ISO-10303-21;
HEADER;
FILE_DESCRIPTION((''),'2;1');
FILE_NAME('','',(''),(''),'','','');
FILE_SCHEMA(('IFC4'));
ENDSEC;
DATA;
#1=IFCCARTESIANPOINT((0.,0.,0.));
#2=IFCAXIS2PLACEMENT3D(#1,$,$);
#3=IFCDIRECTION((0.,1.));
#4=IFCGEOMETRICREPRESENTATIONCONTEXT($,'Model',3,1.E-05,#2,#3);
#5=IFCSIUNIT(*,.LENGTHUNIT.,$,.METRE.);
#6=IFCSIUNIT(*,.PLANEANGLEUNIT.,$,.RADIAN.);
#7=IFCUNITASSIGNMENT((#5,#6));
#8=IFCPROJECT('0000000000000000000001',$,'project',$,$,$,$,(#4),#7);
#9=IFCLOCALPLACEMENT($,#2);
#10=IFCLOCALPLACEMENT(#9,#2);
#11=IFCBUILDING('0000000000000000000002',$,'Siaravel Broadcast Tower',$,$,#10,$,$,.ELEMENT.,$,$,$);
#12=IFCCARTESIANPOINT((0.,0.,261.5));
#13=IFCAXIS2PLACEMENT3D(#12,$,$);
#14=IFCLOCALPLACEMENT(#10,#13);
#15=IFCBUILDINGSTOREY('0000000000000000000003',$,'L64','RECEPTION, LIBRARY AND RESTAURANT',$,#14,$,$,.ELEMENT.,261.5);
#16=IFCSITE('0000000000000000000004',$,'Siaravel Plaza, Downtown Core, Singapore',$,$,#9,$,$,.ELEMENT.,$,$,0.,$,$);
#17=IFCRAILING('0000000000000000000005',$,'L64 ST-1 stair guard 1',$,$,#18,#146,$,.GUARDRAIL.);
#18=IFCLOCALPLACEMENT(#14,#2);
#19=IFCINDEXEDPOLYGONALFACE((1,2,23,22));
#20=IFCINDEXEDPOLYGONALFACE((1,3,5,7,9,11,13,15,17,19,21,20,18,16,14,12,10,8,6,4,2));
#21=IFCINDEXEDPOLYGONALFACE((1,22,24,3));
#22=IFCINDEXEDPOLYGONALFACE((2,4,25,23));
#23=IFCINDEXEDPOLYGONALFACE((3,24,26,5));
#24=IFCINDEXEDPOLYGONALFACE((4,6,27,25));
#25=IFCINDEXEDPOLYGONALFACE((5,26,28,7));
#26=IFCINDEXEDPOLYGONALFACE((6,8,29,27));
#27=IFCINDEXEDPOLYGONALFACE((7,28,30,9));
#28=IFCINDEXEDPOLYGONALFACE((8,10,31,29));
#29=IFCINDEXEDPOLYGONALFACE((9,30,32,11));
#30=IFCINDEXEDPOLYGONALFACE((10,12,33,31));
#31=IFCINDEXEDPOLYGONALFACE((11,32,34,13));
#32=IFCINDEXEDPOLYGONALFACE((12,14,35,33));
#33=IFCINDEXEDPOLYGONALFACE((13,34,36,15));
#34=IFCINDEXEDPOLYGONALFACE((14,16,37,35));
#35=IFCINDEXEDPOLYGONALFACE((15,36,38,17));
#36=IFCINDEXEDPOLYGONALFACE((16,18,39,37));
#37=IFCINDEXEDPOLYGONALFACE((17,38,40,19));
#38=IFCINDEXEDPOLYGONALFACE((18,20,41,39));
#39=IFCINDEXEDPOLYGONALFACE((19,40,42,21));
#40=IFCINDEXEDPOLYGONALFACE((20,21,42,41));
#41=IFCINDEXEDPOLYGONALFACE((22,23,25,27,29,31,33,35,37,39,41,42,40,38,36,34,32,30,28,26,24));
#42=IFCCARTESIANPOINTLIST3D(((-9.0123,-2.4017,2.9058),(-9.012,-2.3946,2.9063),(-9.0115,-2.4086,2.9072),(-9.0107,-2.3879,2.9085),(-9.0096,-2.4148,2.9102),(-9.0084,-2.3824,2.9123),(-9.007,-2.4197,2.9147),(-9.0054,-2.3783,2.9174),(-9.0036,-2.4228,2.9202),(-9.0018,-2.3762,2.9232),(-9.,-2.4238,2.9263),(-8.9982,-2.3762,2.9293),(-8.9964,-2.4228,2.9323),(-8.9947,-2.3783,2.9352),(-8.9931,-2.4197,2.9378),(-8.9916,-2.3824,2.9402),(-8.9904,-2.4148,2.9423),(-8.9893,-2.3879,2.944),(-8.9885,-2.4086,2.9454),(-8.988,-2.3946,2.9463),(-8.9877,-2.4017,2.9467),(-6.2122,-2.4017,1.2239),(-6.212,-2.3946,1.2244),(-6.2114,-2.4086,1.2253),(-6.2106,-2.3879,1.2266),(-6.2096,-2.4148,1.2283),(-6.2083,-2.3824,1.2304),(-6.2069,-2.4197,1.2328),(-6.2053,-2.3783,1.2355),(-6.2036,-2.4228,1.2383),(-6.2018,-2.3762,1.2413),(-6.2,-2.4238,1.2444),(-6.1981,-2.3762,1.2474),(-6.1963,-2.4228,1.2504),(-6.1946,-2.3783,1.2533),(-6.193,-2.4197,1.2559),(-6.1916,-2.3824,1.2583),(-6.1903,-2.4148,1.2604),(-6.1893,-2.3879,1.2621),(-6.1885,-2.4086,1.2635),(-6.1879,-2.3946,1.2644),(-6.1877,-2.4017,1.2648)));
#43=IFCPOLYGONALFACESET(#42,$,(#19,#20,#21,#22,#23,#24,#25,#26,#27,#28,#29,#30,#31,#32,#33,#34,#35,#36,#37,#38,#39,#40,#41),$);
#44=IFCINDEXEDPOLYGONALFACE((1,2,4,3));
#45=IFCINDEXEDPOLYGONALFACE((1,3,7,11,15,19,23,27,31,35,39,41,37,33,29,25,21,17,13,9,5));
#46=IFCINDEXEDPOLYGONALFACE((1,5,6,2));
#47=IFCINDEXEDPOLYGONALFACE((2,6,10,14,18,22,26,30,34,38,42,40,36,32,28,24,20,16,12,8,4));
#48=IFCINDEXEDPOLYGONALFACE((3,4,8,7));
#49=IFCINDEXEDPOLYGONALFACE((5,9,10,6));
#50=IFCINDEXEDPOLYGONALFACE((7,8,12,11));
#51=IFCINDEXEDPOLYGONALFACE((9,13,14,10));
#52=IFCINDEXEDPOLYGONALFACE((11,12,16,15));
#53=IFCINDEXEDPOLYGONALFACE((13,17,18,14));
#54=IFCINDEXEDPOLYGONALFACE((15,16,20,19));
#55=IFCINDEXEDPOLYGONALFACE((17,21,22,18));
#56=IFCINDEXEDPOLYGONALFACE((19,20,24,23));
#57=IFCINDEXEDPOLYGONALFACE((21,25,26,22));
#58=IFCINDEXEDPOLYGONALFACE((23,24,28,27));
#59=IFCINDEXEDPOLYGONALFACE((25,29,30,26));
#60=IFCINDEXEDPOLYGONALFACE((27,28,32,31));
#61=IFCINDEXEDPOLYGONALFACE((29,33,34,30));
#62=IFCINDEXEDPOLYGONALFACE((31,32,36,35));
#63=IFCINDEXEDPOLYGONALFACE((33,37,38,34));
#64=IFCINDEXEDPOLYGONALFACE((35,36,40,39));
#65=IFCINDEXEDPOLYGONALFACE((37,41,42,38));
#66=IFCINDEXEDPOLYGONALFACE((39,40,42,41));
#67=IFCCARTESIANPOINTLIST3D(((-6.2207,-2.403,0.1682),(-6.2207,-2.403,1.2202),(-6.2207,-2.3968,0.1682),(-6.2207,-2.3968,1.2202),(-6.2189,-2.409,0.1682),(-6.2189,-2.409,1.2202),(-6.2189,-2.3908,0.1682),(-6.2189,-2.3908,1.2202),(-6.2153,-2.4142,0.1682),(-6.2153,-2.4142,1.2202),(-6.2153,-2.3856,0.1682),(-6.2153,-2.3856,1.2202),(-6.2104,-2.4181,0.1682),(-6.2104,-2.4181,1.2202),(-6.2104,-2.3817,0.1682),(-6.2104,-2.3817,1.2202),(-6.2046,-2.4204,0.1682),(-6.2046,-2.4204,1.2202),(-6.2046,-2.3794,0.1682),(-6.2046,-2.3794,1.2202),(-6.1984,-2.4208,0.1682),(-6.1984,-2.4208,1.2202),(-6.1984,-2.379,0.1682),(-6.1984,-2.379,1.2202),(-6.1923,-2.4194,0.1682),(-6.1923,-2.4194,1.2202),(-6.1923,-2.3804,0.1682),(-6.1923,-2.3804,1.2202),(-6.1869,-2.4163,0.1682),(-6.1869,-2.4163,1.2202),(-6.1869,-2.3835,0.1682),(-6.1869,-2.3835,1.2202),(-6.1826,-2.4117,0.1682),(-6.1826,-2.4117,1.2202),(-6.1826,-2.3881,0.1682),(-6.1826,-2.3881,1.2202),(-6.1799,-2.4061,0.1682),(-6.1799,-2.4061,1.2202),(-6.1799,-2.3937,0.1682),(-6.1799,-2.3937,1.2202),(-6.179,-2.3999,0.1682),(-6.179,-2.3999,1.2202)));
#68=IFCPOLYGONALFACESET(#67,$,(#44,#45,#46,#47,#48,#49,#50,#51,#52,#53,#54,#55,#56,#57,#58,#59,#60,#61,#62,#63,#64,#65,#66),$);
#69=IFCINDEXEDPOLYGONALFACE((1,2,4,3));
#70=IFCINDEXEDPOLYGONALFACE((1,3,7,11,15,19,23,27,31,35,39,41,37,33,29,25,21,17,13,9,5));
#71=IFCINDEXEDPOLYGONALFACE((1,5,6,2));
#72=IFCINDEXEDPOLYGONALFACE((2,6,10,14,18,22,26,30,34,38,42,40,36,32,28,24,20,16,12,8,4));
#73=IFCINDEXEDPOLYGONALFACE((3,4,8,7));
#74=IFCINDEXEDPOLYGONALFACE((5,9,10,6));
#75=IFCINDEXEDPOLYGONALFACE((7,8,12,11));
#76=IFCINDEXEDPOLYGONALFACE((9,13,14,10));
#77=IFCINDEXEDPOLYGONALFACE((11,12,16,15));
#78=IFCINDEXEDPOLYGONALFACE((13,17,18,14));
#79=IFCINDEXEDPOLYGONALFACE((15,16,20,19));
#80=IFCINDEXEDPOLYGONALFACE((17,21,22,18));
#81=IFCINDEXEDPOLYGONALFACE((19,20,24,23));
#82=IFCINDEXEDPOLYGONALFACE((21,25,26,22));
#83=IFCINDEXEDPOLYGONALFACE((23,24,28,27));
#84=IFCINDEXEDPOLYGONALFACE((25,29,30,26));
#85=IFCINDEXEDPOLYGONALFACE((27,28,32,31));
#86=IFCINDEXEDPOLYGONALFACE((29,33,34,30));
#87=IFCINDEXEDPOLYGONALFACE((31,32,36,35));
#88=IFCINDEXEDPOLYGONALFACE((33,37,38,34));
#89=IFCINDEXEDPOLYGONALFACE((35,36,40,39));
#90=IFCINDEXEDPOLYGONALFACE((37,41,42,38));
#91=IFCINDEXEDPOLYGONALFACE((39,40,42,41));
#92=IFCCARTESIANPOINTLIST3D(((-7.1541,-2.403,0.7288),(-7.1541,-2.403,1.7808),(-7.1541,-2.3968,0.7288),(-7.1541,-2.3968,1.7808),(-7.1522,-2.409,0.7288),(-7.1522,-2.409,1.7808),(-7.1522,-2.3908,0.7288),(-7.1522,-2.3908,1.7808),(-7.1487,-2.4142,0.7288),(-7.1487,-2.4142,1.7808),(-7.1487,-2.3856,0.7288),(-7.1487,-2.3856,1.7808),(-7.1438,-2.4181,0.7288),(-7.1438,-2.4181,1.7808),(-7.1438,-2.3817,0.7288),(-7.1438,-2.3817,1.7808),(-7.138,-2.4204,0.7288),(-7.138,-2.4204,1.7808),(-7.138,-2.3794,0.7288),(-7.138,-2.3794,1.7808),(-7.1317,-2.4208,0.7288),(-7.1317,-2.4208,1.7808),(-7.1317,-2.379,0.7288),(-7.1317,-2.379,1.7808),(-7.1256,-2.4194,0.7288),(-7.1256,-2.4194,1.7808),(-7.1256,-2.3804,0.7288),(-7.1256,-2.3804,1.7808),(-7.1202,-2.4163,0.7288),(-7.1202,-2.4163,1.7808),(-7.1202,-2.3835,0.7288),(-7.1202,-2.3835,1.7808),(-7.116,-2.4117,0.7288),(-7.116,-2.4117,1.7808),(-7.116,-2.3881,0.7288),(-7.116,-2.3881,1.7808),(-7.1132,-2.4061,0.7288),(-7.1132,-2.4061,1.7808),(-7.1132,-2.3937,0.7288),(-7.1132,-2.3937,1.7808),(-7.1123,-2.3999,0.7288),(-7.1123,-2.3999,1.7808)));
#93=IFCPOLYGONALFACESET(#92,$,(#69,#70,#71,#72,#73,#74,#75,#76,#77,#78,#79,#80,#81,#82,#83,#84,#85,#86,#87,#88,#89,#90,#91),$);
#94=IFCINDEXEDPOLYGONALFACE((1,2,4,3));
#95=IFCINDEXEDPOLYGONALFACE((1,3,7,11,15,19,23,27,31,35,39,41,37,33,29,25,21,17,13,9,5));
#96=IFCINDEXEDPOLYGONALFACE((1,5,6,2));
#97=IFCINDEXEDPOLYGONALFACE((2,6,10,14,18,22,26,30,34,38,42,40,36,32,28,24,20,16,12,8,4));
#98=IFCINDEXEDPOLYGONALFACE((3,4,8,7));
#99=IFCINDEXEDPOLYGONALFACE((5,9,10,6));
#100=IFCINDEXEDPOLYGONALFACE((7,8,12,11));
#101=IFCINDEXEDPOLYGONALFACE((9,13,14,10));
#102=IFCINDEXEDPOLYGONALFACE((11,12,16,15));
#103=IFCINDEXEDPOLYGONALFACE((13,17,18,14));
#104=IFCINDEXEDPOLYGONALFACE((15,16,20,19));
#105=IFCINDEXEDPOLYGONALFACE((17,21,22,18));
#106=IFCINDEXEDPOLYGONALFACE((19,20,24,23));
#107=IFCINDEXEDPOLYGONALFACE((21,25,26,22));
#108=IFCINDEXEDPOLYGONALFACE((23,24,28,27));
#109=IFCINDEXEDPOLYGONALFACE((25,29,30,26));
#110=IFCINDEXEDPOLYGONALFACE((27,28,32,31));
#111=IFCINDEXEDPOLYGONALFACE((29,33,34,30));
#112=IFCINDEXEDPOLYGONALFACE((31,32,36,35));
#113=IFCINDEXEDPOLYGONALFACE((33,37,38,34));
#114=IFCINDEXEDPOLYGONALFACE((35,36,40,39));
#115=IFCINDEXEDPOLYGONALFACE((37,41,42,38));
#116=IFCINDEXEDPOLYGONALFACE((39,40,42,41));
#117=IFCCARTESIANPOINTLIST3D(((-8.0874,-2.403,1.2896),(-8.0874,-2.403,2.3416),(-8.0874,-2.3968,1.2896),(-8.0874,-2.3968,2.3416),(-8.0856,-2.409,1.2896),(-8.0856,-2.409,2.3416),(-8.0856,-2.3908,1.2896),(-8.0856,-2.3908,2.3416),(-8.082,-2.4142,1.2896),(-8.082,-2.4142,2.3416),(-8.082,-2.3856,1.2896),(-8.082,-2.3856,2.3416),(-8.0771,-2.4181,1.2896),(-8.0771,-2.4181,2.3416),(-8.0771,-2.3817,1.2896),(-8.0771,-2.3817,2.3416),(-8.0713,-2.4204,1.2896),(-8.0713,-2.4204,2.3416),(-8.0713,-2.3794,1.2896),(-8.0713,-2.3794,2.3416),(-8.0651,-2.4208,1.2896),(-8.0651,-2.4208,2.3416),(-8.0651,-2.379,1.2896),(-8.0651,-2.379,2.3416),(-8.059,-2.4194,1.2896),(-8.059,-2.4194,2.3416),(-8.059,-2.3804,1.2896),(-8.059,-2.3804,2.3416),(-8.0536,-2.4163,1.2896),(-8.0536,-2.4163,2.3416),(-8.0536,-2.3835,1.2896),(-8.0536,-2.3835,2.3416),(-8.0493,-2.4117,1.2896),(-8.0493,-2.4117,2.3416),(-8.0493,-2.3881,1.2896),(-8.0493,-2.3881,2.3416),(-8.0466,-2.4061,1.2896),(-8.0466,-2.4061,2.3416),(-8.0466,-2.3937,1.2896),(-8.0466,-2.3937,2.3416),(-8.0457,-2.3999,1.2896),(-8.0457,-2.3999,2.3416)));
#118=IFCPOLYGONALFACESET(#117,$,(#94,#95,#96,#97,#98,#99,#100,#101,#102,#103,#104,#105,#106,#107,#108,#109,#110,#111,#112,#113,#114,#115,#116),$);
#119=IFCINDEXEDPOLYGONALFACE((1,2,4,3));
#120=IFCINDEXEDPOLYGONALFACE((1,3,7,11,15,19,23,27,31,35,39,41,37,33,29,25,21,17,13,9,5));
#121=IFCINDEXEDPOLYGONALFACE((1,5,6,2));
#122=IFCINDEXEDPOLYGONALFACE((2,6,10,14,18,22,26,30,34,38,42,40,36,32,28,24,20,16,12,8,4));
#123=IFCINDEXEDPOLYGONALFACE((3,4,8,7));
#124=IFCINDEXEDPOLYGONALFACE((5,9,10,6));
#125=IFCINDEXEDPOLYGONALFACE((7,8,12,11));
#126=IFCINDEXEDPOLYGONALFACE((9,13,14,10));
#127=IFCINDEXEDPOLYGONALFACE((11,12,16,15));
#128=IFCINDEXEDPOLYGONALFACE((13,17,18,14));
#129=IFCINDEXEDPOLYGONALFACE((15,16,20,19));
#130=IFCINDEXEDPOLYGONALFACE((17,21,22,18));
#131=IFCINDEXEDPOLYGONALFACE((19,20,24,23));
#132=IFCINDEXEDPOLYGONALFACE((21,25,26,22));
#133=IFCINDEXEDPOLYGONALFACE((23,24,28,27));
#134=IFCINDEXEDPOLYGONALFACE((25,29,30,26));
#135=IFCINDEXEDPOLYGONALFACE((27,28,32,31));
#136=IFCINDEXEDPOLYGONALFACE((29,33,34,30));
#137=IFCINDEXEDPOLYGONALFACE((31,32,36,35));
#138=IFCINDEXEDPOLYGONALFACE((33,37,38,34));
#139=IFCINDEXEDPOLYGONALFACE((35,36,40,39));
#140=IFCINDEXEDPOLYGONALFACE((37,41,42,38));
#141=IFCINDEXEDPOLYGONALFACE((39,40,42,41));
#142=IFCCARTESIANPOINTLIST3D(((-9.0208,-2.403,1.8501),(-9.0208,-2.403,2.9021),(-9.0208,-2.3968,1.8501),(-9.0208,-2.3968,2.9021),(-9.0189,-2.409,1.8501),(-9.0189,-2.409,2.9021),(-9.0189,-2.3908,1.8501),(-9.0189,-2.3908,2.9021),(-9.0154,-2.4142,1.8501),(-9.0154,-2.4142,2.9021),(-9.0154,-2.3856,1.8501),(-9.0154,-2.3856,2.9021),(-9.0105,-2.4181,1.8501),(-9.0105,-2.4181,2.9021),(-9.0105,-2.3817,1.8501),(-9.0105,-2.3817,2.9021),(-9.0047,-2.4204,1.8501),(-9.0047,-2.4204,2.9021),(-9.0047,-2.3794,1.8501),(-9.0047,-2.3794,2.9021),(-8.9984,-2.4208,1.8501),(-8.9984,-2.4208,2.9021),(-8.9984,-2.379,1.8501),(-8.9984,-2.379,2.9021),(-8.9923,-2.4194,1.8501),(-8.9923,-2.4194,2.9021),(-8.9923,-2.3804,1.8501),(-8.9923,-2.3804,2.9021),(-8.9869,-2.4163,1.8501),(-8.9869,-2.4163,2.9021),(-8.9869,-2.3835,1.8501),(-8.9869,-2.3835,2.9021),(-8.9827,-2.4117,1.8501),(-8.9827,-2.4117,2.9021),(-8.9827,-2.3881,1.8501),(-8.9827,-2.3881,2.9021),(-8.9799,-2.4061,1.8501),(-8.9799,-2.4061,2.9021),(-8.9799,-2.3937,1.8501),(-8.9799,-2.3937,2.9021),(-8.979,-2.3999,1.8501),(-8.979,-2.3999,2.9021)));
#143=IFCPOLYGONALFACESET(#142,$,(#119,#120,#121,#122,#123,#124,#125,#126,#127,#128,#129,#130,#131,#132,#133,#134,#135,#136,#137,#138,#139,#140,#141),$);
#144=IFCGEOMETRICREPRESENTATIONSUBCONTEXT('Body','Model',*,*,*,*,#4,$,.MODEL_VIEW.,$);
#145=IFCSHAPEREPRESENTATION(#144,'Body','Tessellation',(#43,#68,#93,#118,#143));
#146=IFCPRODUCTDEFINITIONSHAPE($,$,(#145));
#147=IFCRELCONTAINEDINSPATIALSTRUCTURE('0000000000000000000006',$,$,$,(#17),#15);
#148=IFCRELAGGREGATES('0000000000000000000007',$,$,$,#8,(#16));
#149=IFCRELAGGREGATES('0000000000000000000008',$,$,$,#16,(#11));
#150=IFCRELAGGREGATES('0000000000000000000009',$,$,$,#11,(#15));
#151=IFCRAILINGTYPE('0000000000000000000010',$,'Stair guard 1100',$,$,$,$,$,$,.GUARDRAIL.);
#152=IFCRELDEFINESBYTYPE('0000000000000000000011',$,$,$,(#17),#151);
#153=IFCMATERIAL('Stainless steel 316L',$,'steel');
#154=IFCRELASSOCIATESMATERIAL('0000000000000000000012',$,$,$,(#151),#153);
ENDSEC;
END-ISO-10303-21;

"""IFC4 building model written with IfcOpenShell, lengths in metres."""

from ifc_helpers import new_model, si_unit, direction, frame, origin, origin_2d, place, context, subcontext, project, spatial, circle, extrude, material, type_object, element, save


model = new_model("IFC4")

# Units and contexts
model_context = context("Model", 3, precision=1e-05, world=origin(), true_north=direction((0.0, 1.0)))
body_context = subcontext(model_context, "Body", "Model", "MODEL_VIEW")
ifc_project = project(units=[si_unit("LENGTHUNIT", "METRE"), si_unit("PLANEANGLEUNIT", "RADIAN")], contexts=[model_context])

# Site, building, storey
site_placement = place(None, origin())
site = spatial("IfcSite", under=ifc_project, at=site_placement, Name="Siaravel Plaza, Downtown Core, Singapore", CompositionType="ELEMENT", RefElevation=0.0)
building_placement = place(site_placement, origin())
building = spatial("IfcBuilding", under=site, at=building_placement, Name="Siaravel Broadcast Tower", CompositionType="ELEMENT")
storey_placement = place(building_placement, frame((0.0, 0.0, 261.5)))
storey = spatial("IfcBuildingStorey", under=building, at=storey_placement, Name="L64", Description="RECEPTION, LIBRARY AND RESTAURANT", CompositionType="ELEMENT", Elevation=261.5)

# Shared definitions
ifc_material_1 = material(Name="Stainless steel 316L", Category="steel")

# Railing
railing_type_1 = type_object("IfcRailingType", Name="Stair guard 1100", PredefinedType="GUARDRAIL", material=ifc_material_1)
railing_1_placement = place(storey_placement, frame((-6.2, -2.3999, 0.1682)))
element("IfcRailing", 1, at=railing_1_placement, inside=storey, type_object=railing_type_1, Name="L64 ST-1 stair guard 1", PredefinedType="GUARDRAIL", context=body_context, shape_type="SweptSolid", body=[
    extrude(circle(Radius=0.0239, at=origin_2d()), frame((0.0, 0.0, 1.0762), z_axis=(-0.857242, 0.0, 0.514913), x_axis=(0.0, -1.0, 0.0)), (0.0, 0.0, 1.0), 3.2664),
    extrude(circle(Radius=0.021, at=origin_2d()), origin(), (0.0, 0.0, 1.0), 1.052),
    extrude(circle(Radius=0.021, at=origin_2d()), frame((-0.9333, 0.0, 0.5605)), (0.0, 0.0, 1.0), 1.052),
    extrude(circle(Radius=0.021, at=origin_2d()), frame((-1.8667, 0.0, 1.1213)), (0.0, 0.0, 1.0), 1.052),
    extrude(circle(Radius=0.021, at=origin_2d()), frame((-2.8, 0.0, 1.6819)), (0.0, 0.0, 1.0), 1.052),
])

save(model, "model.ifc")
